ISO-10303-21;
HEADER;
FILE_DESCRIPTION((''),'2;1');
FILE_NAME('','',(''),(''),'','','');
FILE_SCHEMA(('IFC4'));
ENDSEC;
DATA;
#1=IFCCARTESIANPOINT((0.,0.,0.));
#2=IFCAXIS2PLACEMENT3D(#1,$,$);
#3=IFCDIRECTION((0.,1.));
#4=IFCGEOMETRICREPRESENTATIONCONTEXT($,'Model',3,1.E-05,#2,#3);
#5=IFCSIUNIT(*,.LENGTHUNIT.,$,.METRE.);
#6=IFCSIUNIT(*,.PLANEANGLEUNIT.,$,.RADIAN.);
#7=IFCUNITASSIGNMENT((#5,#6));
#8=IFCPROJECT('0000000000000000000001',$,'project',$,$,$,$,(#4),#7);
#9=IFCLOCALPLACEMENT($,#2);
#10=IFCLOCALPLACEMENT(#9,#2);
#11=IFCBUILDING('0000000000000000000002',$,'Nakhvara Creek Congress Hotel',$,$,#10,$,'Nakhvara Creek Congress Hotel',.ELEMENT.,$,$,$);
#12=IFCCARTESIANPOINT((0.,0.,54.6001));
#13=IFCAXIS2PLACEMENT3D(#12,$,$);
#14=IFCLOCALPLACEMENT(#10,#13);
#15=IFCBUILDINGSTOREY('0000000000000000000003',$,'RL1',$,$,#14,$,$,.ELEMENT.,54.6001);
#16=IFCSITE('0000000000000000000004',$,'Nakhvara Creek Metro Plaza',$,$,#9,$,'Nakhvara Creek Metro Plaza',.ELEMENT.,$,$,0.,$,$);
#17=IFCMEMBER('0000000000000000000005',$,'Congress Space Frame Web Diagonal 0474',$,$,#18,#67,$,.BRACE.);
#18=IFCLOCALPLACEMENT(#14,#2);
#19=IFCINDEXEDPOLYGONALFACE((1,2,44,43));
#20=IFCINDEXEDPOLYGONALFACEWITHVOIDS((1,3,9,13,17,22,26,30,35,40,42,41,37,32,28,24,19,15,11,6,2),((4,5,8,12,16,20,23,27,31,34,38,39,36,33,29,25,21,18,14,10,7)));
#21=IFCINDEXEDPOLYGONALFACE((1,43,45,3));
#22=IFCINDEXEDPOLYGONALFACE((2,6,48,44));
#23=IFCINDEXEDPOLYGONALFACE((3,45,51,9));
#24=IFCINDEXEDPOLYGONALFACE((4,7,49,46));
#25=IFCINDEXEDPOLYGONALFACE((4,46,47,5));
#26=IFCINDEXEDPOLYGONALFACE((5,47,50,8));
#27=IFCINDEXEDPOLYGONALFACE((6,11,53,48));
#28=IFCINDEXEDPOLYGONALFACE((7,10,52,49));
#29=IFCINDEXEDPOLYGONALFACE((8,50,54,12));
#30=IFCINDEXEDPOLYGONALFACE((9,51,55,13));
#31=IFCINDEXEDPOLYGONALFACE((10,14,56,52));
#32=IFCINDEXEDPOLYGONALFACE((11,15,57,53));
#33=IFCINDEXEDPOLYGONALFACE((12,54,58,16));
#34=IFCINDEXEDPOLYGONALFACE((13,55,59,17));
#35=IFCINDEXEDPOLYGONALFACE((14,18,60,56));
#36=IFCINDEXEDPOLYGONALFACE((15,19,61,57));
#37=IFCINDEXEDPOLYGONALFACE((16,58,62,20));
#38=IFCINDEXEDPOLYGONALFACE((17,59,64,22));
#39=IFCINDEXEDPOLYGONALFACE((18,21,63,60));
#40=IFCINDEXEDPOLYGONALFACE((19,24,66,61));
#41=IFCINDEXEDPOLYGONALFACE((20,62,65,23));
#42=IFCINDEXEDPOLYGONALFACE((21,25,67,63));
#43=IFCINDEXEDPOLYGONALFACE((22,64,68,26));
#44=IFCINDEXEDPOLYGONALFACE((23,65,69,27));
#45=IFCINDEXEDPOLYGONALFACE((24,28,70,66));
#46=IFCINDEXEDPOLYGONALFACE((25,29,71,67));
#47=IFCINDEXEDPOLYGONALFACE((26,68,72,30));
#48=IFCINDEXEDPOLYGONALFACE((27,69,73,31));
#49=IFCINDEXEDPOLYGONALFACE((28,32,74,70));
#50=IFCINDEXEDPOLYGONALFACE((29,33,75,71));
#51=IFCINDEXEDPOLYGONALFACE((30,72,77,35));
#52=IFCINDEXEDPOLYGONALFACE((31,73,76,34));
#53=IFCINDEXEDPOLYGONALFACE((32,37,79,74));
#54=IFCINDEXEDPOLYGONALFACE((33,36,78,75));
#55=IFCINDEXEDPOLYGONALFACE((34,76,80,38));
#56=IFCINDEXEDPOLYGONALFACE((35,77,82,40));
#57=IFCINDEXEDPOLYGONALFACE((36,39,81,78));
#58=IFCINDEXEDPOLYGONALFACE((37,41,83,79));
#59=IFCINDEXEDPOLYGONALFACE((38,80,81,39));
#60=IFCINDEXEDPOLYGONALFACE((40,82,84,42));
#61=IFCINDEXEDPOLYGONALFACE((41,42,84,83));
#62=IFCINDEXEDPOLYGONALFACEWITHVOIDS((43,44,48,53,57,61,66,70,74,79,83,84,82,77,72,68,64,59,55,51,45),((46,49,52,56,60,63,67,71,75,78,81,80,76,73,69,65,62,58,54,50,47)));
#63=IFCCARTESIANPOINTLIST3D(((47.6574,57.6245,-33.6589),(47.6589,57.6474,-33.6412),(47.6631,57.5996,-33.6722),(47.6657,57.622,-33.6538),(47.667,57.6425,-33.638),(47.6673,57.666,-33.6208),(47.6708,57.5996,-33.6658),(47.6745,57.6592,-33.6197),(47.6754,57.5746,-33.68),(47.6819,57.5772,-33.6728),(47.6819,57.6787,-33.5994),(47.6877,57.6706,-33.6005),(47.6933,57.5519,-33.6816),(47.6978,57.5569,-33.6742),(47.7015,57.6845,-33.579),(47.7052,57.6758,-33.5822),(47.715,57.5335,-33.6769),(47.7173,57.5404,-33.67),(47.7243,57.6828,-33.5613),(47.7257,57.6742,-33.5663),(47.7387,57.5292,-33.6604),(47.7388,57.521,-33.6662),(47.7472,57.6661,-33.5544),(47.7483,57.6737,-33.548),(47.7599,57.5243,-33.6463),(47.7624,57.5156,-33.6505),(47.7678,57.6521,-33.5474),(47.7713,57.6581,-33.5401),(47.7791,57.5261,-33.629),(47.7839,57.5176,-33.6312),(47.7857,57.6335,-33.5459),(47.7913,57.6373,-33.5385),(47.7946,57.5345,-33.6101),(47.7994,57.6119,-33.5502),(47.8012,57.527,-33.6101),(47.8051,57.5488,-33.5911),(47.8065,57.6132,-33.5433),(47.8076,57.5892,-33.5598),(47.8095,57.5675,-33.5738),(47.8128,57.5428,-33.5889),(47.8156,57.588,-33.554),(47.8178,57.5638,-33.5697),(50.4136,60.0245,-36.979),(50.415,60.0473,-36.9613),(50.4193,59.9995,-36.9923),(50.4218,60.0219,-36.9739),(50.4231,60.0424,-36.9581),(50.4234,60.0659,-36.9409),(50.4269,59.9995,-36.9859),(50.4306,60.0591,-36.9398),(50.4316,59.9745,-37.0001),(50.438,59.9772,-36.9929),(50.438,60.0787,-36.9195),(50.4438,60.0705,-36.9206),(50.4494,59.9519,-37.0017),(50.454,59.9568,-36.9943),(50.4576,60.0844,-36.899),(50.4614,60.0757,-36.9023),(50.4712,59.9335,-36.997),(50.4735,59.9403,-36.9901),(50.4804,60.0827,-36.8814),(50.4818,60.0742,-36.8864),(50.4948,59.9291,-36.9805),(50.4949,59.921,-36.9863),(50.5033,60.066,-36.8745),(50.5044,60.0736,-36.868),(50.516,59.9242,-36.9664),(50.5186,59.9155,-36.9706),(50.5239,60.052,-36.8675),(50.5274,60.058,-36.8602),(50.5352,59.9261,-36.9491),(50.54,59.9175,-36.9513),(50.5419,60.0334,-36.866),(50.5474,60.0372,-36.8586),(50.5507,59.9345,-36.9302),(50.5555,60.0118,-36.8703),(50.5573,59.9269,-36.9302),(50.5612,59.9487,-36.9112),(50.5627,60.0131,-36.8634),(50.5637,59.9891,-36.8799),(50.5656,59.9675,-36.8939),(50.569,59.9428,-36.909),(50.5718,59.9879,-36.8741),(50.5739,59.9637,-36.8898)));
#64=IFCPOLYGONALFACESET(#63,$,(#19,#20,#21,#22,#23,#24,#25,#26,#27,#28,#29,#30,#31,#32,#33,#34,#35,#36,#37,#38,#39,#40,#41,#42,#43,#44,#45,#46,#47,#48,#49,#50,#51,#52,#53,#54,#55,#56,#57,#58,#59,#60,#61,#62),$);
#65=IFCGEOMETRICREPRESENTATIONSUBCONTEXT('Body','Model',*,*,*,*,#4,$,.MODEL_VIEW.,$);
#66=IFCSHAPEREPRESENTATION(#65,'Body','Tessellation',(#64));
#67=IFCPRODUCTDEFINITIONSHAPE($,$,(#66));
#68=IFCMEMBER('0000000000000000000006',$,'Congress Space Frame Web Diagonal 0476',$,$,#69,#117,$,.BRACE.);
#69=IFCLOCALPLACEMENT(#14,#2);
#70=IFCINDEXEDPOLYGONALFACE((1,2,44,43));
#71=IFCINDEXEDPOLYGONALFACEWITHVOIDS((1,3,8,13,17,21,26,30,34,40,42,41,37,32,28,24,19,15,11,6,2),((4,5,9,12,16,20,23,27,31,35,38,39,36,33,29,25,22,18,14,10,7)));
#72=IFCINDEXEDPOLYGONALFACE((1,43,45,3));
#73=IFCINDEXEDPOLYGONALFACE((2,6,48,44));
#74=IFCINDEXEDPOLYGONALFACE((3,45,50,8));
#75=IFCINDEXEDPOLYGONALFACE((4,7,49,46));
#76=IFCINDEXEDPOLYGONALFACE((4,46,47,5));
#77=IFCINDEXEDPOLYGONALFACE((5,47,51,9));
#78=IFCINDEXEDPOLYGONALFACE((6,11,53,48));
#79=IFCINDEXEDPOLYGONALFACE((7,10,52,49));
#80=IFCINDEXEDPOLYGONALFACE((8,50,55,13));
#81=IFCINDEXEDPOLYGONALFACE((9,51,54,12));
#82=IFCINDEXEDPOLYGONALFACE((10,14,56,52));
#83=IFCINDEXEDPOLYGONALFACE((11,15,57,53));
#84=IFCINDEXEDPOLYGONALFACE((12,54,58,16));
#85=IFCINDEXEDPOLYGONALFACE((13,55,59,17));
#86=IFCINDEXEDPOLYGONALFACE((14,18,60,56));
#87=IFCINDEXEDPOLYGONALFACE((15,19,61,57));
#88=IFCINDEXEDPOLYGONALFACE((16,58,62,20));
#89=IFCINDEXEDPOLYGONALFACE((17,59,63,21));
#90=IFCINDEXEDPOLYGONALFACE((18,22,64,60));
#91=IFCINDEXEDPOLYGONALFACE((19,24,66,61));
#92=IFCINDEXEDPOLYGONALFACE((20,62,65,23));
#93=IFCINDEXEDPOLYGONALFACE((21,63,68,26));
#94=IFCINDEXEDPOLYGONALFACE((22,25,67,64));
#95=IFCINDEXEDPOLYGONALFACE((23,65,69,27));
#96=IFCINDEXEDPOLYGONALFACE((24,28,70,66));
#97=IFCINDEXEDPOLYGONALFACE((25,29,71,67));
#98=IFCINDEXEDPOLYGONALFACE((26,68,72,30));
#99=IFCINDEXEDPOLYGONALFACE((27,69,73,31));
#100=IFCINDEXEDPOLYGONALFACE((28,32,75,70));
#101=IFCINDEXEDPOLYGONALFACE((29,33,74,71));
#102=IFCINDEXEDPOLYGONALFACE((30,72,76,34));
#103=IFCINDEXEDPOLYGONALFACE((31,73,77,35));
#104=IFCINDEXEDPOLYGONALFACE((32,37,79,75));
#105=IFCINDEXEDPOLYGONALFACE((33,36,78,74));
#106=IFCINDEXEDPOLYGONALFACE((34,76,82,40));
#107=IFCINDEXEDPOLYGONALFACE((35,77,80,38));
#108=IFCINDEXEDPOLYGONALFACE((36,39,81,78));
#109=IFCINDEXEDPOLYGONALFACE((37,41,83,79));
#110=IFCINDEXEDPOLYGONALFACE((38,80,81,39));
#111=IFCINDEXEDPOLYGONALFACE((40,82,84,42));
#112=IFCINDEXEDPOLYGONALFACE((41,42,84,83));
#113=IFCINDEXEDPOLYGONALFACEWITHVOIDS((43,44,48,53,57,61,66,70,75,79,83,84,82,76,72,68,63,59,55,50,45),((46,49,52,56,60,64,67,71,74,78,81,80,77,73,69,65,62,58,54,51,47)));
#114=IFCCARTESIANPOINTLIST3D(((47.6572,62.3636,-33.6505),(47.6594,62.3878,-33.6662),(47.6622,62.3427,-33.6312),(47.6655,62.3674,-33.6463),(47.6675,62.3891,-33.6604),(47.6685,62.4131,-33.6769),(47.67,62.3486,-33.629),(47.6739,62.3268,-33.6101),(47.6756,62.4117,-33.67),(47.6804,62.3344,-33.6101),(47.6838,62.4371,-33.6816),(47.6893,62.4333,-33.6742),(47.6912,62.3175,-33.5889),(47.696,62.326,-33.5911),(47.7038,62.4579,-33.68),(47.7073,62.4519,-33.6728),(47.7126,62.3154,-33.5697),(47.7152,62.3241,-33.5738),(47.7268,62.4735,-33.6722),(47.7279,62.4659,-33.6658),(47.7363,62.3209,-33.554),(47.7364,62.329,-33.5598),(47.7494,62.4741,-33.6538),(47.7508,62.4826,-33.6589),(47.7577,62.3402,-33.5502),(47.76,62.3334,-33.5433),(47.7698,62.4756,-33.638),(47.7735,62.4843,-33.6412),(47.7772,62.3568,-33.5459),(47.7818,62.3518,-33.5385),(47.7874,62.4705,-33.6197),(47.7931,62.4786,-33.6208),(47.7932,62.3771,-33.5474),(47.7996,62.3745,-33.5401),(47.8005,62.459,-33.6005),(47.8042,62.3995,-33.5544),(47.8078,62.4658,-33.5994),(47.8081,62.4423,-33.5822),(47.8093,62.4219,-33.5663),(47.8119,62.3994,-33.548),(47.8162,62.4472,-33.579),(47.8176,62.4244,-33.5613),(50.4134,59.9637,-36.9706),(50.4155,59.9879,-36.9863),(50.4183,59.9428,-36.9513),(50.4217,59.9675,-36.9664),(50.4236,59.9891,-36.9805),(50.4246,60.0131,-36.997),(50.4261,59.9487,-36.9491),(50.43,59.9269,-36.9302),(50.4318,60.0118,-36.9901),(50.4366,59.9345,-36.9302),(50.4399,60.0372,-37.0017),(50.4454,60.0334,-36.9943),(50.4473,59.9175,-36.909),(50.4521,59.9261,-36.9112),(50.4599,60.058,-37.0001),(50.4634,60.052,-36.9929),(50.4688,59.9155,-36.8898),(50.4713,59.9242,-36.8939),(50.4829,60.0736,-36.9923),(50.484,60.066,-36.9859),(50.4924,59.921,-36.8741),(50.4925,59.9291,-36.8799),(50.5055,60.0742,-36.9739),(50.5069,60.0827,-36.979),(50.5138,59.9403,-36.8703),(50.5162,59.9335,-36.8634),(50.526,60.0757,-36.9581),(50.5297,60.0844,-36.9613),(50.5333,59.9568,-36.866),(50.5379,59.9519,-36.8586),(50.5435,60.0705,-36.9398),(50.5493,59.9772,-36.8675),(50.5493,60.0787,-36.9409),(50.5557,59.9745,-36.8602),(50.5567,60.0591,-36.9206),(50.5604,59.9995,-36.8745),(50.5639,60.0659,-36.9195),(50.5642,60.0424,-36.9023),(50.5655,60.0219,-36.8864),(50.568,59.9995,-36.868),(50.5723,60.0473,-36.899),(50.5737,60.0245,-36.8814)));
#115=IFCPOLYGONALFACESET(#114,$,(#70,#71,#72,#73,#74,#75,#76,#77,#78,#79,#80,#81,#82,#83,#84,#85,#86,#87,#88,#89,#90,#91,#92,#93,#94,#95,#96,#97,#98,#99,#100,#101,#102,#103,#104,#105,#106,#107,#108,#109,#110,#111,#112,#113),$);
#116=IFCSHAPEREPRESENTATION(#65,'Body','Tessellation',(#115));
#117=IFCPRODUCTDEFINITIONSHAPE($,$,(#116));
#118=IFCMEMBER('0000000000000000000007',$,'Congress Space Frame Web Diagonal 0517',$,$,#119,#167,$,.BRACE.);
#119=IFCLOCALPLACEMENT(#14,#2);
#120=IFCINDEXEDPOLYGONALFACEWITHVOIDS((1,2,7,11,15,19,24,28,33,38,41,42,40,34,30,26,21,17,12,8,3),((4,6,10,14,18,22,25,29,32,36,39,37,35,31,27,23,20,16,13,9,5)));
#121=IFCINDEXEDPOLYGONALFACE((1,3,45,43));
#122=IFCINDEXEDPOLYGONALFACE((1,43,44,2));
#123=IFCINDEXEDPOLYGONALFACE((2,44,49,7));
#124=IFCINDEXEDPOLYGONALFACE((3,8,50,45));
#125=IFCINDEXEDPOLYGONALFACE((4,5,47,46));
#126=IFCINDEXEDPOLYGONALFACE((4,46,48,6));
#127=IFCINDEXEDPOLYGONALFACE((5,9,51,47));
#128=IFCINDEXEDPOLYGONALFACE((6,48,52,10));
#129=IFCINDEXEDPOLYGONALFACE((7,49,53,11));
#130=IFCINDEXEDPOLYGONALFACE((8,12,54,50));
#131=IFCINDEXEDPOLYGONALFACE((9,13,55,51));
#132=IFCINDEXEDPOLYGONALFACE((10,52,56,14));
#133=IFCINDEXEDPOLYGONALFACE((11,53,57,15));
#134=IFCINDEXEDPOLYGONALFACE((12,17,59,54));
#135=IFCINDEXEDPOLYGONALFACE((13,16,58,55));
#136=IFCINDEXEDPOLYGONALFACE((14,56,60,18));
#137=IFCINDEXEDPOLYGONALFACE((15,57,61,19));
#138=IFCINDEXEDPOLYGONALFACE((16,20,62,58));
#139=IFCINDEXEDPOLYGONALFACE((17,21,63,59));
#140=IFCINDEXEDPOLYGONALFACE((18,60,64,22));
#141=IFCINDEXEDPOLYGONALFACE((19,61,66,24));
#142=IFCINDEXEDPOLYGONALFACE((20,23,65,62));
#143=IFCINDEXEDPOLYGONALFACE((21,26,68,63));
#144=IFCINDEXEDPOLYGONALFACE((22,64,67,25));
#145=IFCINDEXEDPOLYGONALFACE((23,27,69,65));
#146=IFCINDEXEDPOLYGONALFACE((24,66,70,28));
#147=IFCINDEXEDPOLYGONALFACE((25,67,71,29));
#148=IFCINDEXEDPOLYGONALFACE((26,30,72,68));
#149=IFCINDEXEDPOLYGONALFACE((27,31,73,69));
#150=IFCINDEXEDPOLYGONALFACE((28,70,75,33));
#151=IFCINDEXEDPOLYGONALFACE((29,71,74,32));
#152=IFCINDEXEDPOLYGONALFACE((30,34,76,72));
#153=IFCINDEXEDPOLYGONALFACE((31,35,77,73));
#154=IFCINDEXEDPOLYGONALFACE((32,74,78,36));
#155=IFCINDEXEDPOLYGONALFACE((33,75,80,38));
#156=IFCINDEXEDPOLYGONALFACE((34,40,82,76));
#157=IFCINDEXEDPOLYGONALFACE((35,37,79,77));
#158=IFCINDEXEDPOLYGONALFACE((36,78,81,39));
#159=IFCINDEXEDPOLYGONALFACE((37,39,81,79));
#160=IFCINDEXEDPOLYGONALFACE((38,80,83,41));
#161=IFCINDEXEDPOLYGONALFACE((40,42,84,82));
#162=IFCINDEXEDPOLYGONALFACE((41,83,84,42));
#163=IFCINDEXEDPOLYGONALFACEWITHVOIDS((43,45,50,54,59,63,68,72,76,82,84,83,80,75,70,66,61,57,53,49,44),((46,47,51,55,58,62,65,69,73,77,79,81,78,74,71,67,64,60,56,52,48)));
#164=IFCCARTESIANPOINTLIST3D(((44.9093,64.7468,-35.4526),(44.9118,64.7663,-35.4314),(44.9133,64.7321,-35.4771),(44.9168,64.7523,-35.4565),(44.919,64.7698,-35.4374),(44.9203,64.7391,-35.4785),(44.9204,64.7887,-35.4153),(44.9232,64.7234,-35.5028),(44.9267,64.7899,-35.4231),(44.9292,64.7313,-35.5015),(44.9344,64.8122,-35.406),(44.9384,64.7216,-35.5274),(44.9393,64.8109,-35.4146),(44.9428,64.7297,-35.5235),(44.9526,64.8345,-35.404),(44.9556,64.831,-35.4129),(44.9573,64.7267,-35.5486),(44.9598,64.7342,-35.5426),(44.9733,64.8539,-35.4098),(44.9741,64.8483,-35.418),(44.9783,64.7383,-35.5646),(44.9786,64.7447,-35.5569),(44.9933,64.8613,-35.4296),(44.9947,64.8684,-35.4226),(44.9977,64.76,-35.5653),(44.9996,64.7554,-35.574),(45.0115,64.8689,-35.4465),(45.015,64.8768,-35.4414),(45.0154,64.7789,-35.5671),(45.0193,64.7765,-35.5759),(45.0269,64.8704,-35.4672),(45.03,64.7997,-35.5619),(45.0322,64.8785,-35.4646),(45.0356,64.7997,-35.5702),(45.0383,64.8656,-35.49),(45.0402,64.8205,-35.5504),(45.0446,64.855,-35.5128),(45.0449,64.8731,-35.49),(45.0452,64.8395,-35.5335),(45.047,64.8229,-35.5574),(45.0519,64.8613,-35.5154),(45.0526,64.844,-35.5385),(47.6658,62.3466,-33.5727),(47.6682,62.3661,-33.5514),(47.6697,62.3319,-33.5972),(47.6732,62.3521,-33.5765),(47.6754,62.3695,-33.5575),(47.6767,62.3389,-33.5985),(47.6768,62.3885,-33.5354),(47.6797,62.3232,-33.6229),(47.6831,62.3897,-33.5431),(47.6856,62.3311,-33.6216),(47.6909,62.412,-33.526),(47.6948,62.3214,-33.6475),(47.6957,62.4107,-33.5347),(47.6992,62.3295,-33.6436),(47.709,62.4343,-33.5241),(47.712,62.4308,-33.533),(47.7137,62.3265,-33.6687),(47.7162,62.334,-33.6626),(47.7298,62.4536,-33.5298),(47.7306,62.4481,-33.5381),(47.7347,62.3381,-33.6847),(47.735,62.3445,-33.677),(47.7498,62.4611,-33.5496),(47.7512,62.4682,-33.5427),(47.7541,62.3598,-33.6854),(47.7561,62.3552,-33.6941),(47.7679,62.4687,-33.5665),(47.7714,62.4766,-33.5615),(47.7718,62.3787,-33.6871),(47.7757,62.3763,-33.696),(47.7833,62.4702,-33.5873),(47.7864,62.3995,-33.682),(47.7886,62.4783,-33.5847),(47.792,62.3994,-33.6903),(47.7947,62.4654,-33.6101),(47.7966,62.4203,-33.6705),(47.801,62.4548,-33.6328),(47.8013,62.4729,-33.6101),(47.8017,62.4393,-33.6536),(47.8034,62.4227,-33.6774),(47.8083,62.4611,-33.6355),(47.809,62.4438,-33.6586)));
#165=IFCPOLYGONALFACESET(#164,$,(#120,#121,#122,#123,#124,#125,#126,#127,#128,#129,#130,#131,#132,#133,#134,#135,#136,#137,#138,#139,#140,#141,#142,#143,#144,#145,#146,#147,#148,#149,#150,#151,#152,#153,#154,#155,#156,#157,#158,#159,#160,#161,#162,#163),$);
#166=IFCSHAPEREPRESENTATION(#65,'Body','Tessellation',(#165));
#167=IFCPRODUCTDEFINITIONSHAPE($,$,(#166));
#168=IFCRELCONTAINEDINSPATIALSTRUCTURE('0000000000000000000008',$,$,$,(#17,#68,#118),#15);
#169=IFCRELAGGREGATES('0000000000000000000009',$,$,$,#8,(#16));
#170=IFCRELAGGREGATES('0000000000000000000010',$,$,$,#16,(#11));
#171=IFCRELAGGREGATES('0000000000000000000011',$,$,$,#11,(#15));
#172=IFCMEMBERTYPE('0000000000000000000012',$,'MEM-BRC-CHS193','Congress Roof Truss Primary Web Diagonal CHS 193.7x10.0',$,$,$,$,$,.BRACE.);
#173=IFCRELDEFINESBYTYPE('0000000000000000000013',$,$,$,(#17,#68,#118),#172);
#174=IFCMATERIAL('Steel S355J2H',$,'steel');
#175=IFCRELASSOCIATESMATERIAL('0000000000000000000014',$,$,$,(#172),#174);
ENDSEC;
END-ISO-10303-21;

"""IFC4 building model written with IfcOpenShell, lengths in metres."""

from ifc_helpers import new_model, si_unit, direction, frame, origin, origin_2d, place, context, subcontext, project, spatial, hollow_circle, extrude, material, material_profile, profile_set, type_object, element, save


model = new_model("IFC4")

# Units and contexts
model_context = context("Model", 3, precision=1e-05, world=origin(), true_north=direction((0.0, 1.0)))
body_context = subcontext(model_context, "Body", "Model", "MODEL_VIEW")
ifc_project = project(units=[si_unit("LENGTHUNIT", "METRE"), si_unit("PLANEANGLEUNIT", "RADIAN")], contexts=[model_context])

# Site, building, storey
site_placement = place(None, origin())
site = spatial("IfcSite", under=ifc_project, at=site_placement, Name="Nakhvara Creek Metro Plaza", LongName="Nakhvara Creek Metro Plaza", CompositionType="ELEMENT", RefElevation=0.0)
building_placement = place(site_placement, origin())
building = spatial("IfcBuilding", under=site, at=building_placement, Name="Nakhvara Creek Congress Hotel", LongName="Nakhvara Creek Congress Hotel", CompositionType="ELEMENT")
storey_placement = place(building_placement, frame((0.0, 0.0, 54.6001)))
storey = spatial("IfcBuildingStorey", under=building, at=storey_placement, Name="RL1", CompositionType="ELEMENT", Elevation=54.6001)

# Members
ifc_material_1 = material(Name="Steel S355J2H", Category="steel")
ifc_material_profile_1 = material_profile(ifc_material_1, hollow_circle(Radius=0.0969, WallThickness=0.01, at=origin_2d()), Name="CHS 193.7x10.0", Category="LoadBearing")
ifc_profile_set_1 = profile_set([ifc_material_profile_1], Name="Steel S355J2H")
member_type_1 = type_object("IfcMemberType", Name="MEM-BRC-CHS193", Description="Congress Roof Truss Primary Web Diagonal CHS 193.7x10.0", PredefinedType="BRACE", material=ifc_profile_set_1)
for number, where, z_axis, x_axis, name in (
    (1, (50.4937, 60.0, -36.9302), (-0.558203, -0.48606, 0.672425), (0.656691, -0.75416, 0.0), "Congress Space Frame Web Diagonal 0474"),
    (2, (50.4937, 60.0, -36.9302), (-0.558203, 0.48606, 0.672425), (-0.656691, -0.75416, 0.0), "Congress Space Frame Web Diagonal 0476"),
):
    element("IfcMember", number, at=place(storey_placement, frame(where, z_axis=z_axis, x_axis=x_axis)), inside=storey, type_object=member_type_1, Name=name, PredefinedType="BRACE", context=body_context, shape_type="SweptSolid", body=[
        extrude(hollow_circle(Radius=0.0969, WallThickness=0.01, at=origin_2d()), origin(), (0.0, 0.0, 1.0), 4.9375),
    ])
member_1_placement = place(storey_placement, frame((44.9812, 64.8, -35.49), z_axis=(0.670644, -0.583977, 0.457392), x_axis=(0.656696, 0.754155, 0.0)))
element("IfcMember", 3, at=member_1_placement, inside=storey, type_object=member_type_1, Name="Congress Space Frame Web Diagonal 0517", PredefinedType="BRACE", context=body_context, shape_type="SweptSolid", body=[
    extrude(hollow_circle(Radius=0.0969, WallThickness=0.01, at=origin_2d()), origin(), (0.0, 0.0, 1.0), 4.1101),
])

save(model, "model.ifc")
